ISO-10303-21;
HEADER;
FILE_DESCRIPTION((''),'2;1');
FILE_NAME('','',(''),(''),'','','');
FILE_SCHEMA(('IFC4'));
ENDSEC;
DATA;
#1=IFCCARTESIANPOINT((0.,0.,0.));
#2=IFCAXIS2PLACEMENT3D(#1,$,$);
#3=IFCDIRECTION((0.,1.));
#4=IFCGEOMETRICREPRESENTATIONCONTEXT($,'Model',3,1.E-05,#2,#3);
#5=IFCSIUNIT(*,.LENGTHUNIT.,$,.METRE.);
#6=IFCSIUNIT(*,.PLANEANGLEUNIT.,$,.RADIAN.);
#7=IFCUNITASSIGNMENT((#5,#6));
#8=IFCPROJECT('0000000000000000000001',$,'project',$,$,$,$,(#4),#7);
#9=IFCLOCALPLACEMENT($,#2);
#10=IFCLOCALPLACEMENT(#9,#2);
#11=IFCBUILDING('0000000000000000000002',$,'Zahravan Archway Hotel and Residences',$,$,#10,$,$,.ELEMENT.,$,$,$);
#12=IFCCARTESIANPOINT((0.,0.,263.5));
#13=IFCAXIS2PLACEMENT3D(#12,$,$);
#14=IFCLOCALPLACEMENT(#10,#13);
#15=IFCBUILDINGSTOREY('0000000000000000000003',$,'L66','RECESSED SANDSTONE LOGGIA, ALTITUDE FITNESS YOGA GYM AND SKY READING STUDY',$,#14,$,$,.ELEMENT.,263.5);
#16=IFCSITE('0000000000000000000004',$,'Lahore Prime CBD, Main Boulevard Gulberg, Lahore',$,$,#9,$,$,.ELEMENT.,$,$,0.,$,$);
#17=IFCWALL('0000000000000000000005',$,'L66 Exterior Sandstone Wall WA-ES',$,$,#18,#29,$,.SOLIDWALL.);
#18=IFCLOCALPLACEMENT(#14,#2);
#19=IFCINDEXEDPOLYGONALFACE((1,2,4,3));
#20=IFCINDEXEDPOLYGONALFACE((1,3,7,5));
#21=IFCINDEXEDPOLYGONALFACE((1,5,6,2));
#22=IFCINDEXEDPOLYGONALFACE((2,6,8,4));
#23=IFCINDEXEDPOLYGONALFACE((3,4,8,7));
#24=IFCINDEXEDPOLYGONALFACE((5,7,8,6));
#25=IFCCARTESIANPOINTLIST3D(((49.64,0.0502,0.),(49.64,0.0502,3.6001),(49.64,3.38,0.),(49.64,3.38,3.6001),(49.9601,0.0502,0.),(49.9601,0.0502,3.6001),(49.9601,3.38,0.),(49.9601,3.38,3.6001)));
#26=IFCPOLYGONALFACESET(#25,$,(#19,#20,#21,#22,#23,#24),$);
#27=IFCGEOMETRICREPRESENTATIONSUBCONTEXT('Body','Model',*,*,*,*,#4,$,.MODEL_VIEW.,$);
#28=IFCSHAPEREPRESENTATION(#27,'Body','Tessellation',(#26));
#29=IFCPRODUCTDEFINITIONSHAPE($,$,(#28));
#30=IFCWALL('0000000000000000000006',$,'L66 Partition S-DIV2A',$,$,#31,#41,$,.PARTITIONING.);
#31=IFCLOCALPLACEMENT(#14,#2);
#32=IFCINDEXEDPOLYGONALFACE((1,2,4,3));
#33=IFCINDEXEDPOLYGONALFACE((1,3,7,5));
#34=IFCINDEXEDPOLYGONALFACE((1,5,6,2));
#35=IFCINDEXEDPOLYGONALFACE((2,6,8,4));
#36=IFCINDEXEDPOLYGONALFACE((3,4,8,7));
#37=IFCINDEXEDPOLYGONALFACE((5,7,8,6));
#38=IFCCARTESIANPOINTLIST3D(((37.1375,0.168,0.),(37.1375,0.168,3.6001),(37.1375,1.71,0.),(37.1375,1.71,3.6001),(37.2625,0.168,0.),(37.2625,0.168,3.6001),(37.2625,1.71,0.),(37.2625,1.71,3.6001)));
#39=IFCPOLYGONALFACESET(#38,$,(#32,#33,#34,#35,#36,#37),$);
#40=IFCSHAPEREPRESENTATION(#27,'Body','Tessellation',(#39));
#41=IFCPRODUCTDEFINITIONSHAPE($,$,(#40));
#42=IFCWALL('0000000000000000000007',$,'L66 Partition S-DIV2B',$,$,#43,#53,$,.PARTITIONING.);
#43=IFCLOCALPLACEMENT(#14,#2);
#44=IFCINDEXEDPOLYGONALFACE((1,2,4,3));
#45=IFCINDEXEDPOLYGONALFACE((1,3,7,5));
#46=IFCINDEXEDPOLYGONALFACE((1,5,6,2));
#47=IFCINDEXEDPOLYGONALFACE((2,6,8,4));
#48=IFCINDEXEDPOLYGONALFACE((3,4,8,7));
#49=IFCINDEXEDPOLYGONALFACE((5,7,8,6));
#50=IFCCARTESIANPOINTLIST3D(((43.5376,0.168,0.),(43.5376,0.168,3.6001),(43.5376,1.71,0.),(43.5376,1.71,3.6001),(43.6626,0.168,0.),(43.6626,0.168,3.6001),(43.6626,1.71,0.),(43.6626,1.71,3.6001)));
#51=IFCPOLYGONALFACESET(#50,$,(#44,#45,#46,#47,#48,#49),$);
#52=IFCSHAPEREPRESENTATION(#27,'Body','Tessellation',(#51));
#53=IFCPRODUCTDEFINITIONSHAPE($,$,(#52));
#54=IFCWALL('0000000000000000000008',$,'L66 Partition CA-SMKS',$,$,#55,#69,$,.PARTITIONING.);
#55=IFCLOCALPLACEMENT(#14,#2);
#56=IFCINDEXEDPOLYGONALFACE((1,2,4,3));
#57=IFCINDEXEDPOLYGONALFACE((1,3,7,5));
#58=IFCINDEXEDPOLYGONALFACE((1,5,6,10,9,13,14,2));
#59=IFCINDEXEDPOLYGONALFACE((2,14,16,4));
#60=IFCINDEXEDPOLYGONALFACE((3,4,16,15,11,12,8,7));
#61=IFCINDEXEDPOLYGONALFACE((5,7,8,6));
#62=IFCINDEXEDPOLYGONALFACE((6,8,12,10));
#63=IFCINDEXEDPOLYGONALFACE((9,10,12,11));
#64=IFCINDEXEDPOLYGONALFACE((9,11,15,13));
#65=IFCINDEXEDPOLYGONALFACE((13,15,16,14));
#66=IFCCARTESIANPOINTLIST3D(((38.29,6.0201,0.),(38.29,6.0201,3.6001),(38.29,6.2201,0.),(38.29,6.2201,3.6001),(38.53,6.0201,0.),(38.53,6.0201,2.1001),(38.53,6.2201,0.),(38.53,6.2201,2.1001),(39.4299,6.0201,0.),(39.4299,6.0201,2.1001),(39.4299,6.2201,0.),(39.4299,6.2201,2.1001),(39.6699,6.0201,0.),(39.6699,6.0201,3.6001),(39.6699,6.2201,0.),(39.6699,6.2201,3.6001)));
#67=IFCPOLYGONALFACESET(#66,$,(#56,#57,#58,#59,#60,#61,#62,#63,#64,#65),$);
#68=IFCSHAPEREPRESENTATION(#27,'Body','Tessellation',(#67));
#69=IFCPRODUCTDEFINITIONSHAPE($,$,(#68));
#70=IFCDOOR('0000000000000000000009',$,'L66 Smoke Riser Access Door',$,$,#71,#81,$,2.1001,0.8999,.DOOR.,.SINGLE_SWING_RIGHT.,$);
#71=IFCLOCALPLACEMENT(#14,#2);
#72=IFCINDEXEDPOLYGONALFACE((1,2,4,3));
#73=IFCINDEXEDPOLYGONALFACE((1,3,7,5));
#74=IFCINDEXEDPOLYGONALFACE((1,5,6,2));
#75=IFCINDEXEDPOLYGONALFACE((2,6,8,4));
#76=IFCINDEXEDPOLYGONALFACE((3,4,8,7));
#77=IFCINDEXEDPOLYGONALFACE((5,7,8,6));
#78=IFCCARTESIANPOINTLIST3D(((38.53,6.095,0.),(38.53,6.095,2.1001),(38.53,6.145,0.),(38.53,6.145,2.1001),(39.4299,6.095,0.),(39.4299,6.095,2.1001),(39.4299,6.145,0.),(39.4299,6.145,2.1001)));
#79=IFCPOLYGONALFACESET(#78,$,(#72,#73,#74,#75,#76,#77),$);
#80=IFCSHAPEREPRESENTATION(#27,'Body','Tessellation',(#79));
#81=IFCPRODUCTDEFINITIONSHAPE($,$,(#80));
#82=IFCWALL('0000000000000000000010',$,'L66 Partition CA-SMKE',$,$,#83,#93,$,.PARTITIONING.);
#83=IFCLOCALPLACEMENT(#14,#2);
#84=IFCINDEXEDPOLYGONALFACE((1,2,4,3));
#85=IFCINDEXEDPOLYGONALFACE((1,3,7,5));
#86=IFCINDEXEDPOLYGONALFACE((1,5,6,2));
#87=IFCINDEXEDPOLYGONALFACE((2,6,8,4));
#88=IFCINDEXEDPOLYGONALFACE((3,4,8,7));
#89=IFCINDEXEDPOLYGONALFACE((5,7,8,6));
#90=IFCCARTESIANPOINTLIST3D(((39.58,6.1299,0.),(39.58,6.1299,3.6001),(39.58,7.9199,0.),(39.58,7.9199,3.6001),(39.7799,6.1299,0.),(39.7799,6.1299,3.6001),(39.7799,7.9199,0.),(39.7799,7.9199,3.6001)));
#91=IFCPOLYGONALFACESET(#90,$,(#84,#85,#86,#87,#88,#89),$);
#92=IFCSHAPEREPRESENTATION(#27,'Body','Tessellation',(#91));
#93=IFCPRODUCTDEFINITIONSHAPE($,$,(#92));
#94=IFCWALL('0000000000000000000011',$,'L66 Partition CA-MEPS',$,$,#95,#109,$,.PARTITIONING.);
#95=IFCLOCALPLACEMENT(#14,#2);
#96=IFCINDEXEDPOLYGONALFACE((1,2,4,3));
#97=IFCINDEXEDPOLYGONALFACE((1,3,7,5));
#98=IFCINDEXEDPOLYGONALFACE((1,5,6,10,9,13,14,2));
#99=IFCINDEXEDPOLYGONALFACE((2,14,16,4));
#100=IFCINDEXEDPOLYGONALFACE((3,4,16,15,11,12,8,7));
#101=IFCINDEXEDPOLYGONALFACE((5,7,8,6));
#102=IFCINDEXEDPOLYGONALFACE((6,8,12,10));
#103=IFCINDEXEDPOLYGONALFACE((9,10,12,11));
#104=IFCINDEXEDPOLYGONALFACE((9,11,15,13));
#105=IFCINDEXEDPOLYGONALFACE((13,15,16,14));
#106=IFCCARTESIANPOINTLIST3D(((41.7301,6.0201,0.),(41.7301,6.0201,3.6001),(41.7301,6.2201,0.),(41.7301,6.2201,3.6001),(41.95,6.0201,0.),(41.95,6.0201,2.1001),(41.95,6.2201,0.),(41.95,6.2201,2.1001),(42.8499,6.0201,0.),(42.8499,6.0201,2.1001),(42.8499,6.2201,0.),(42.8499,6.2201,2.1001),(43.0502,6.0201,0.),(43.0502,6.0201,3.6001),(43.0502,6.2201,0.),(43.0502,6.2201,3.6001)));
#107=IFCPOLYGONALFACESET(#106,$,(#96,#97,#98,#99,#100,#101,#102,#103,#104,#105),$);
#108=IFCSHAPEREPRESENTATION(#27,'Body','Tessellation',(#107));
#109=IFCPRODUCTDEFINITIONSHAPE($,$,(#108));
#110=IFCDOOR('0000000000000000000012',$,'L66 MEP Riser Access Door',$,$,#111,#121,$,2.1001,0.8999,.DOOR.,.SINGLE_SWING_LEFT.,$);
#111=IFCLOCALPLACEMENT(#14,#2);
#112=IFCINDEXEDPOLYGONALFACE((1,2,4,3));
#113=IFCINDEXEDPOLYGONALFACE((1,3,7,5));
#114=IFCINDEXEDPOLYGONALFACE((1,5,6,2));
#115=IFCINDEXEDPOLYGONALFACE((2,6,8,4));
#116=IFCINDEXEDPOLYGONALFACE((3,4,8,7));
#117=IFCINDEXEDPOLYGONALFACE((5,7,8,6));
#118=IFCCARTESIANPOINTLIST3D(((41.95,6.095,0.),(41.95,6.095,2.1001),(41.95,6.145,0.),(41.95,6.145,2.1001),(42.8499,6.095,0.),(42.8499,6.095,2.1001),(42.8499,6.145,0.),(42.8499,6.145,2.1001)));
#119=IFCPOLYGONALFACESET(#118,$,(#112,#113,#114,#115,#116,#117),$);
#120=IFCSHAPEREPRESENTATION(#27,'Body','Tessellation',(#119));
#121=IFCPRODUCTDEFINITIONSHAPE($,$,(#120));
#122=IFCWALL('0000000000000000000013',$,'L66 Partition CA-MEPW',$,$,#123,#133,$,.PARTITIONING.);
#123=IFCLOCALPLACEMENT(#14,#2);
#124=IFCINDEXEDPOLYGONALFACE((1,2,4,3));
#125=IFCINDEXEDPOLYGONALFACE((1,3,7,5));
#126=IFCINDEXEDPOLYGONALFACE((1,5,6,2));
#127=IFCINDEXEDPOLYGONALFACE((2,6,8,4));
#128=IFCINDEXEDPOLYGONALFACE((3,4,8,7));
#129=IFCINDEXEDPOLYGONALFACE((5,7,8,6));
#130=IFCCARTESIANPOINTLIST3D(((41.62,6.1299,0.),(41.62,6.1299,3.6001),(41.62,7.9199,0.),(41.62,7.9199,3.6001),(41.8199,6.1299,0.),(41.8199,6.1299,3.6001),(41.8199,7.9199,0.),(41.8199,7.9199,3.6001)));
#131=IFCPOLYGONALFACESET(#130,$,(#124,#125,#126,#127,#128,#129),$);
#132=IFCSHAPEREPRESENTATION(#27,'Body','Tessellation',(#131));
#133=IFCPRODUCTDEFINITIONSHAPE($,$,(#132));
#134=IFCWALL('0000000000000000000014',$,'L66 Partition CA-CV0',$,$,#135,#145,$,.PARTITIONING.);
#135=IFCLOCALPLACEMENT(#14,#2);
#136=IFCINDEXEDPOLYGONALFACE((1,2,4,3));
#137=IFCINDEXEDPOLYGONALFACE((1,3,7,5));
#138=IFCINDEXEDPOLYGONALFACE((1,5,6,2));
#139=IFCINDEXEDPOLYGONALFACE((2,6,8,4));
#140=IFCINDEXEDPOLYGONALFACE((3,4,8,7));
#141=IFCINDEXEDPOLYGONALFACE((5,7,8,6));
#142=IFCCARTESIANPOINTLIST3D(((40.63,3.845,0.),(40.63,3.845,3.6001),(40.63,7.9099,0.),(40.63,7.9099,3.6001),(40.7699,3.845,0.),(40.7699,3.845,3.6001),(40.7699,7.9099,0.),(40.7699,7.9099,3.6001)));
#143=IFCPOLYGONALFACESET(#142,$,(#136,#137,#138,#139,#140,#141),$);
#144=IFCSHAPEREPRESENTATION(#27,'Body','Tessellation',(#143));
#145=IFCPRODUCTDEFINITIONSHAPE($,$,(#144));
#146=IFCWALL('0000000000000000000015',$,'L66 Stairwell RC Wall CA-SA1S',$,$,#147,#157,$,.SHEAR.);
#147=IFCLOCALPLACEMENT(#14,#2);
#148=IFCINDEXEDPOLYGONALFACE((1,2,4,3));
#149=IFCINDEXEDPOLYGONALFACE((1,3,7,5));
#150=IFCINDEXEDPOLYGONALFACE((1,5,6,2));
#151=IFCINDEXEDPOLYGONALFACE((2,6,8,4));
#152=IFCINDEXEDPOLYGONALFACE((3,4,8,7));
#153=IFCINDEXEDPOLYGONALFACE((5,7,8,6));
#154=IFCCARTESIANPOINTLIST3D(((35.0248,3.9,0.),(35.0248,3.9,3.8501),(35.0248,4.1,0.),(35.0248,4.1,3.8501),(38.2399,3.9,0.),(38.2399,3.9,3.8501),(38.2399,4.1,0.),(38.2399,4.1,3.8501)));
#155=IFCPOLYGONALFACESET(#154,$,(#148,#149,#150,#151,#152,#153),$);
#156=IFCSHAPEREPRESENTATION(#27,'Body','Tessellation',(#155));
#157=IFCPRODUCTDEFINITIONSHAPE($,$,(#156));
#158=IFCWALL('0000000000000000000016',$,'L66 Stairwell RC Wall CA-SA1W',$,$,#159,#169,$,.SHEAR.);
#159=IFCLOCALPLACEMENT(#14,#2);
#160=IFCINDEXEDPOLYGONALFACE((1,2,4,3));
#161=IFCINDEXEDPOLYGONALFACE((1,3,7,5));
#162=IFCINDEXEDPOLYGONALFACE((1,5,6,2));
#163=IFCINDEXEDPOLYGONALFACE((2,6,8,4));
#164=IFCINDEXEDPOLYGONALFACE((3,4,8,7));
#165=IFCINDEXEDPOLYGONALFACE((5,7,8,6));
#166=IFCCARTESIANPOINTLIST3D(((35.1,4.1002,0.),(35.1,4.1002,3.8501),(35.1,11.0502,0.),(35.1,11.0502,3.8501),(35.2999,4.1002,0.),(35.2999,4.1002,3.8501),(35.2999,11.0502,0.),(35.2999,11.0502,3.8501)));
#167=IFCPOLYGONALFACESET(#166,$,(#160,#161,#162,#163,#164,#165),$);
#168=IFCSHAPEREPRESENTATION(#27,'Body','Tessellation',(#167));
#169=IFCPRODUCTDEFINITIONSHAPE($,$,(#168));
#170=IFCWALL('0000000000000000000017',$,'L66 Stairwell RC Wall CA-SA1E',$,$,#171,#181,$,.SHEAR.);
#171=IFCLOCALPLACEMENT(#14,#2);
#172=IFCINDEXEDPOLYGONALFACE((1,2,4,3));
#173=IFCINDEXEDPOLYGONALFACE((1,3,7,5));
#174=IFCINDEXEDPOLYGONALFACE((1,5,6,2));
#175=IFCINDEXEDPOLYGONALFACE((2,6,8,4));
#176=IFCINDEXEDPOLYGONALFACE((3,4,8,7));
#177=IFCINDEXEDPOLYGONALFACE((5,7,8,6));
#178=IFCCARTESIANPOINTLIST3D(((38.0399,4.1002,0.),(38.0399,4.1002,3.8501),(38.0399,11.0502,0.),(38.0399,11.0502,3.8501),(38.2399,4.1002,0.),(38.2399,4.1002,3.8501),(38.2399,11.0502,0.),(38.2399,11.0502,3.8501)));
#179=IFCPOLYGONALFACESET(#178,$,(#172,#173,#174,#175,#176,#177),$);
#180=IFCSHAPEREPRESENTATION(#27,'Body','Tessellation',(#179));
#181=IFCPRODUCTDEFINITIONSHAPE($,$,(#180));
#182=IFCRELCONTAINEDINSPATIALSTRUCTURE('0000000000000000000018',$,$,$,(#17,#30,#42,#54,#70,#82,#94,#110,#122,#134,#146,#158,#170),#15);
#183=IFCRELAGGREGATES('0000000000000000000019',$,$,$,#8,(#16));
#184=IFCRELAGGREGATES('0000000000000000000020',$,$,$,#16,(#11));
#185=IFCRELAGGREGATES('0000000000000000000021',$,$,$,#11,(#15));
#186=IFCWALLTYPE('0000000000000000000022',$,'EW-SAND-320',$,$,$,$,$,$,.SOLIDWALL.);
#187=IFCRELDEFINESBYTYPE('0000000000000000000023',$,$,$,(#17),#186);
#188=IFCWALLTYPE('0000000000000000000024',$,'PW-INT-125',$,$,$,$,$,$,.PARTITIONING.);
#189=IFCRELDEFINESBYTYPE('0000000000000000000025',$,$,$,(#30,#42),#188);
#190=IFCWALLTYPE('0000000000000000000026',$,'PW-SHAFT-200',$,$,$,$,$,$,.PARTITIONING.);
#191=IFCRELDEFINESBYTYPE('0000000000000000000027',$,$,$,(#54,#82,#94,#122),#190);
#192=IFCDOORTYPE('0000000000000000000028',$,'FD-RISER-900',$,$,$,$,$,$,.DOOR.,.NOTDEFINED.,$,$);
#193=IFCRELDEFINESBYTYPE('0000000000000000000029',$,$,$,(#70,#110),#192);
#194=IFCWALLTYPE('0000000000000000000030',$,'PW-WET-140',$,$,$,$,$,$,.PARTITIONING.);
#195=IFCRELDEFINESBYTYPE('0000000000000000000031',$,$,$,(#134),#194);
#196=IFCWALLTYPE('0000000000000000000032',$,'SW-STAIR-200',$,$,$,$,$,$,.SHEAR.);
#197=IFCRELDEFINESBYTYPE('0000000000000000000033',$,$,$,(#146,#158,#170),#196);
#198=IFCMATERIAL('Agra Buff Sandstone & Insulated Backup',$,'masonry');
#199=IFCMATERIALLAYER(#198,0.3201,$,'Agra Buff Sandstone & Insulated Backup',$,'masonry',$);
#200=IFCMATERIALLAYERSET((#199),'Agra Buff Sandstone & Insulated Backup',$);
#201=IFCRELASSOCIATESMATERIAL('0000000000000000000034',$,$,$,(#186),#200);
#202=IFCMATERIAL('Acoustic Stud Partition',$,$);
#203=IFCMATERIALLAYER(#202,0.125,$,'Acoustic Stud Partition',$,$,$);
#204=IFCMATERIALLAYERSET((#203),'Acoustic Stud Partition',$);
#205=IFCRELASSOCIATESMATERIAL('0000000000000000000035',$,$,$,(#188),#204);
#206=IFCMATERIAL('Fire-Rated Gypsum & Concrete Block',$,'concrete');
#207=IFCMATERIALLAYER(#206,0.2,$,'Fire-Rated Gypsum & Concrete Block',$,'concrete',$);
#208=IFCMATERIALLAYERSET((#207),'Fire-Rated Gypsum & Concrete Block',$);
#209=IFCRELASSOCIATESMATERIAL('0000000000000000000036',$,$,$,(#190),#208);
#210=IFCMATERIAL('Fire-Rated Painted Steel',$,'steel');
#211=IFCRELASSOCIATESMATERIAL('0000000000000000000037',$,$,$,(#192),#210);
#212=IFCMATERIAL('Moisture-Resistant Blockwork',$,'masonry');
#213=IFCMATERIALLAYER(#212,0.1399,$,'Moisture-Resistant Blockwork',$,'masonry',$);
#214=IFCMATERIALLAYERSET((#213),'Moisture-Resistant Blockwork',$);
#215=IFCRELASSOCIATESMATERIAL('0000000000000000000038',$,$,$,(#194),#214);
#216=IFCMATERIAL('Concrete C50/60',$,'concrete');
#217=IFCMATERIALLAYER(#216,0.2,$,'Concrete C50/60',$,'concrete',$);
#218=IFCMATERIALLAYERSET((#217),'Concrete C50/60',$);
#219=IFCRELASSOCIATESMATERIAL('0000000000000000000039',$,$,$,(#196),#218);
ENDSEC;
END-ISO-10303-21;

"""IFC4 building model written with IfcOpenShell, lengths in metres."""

from ifc_helpers import new_model, si_unit, direction, frame, frame_2d, origin, place, context, subcontext, project, spatial, rectangle, extrude, source, transform, mapped, material, layer, layer_set, type_object, type_shapes, element, fill, save


model = new_model("IFC4")

# Units and contexts
model_context = context("Model", 3, precision=1e-05, world=origin(), true_north=direction((0.0, 1.0)))
body_context = subcontext(model_context, "Body", "Model", "MODEL_VIEW")
ifc_project = project(units=[si_unit("LENGTHUNIT", "METRE"), si_unit("PLANEANGLEUNIT", "RADIAN")], contexts=[model_context])

# Site, building, storey
site_placement = place(None, origin())
site = spatial("IfcSite", under=ifc_project, at=site_placement, Name="Lahore Prime CBD, Main Boulevard Gulberg, Lahore", CompositionType="ELEMENT", RefElevation=0.0)
building_placement = place(site_placement, origin())
building = spatial("IfcBuilding", under=site, at=building_placement, Name="Zahravan Archway Hotel and Residences", CompositionType="ELEMENT")
storey_placement = place(building_placement, frame((0.0, 0.0, 263.5)))
storey = spatial("IfcBuildingStorey", under=building, at=storey_placement, Name="L66", Description="RECESSED SANDSTONE LOGGIA, ALTITUDE FITNESS YOGA GYM AND SKY READING STUDY", CompositionType="ELEMENT", Elevation=263.5)

# Shared definitions
ifc_material_1 = material(Name="Concrete C50/60", Category="concrete")

# Walls
ifc_material_2 = material(Name="Agra Buff Sandstone & Insulated Backup", Category="masonry")
ifc_layer_1 = layer(ifc_material_2, 0.3201, Name="Agra Buff Sandstone & Insulated Backup", Category="masonry")
ifc_layer_set_1 = layer_set([ifc_layer_1], Name="Agra Buff Sandstone & Insulated Backup")
wall_type_1 = type_object("IfcWallType", Name="EW-SAND-320", PredefinedType="SOLIDWALL", material=ifc_layer_set_1)
wall_1_placement = place(storey_placement, frame((49.8, 0.05, 0.0), z_axis=(0.0, 0.0, 1.0), x_axis=(0.0, 1.0, 0.0)))
element("IfcWall", 1, at=wall_1_placement, inside=storey, type_object=wall_type_1, Name="L66 Exterior Sandstone Wall WA-ES", PredefinedType="SOLIDWALL", context=body_context, shape_type="SweptSolid", body=[
    extrude(rectangle(XDim=3.3298, YDim=0.3201, at=frame_2d((1.665, 0.0))), origin(), (0.0, 0.0, 1.0), 3.6001),
])
ifc_material_3 = material(Name="Acoustic Stud Partition")
ifc_layer_2 = layer(ifc_material_3, 0.125, Name="Acoustic Stud Partition")
ifc_layer_set_2 = layer_set([ifc_layer_2], Name="Acoustic Stud Partition")
wall_type_2 = type_object("IfcWallType", Name="PW-INT-125", PredefinedType="PARTITIONING", material=ifc_layer_set_2)
for number, where, z_axis, x_axis, name in (
    (2, (37.2, 0.168, 0.0), (0.0, 0.0, 1.0), (0.0, 1.0, 0.0), "L66 Partition S-DIV2A"),
    (3, (43.6001, 0.168, 0.0), (0.0, 0.0, 1.0), (0.0, 1.0, 0.0), "L66 Partition S-DIV2B"),
):
    element("IfcWall", number, at=place(storey_placement, frame(where, z_axis=z_axis, x_axis=x_axis)), inside=storey, type_object=wall_type_2, Name=name, PredefinedType="PARTITIONING", context=body_context, shape_type="SweptSolid", body=[
        extrude(rectangle(XDim=1.542, YDim=0.125, at=frame_2d((0.771, 0.0))), origin(), (0.0, 0.0, 1.0), 3.6001),
    ])

# Wall, opening, door
ifc_material_4 = material(Name="Fire-Rated Gypsum & Concrete Block", Category="concrete")
ifc_layer_3 = layer(ifc_material_4, 0.2, Name="Fire-Rated Gypsum & Concrete Block", Category="concrete")
ifc_layer_set_3 = layer_set([ifc_layer_3], Name="Fire-Rated Gypsum & Concrete Block")
wall_type_3 = type_object("IfcWallType", Name="PW-SHAFT-200", PredefinedType="PARTITIONING", material=ifc_layer_set_3)
wall_2_placement = place(storey_placement, frame((38.29, 6.1201, 0.0), z_axis=(0.0, 0.0, 1.0), x_axis=(1.0, 0.0, 0.0)))
wall_2 = element("IfcWall", 4, at=wall_2_placement, inside=storey, type_object=wall_type_3, Name="L66 Partition CA-SMKS", PredefinedType="PARTITIONING", context=body_context, shape_type="SweptSolid", body=[
    extrude(rectangle(XDim=1.3799, YDim=0.2, at=frame_2d((0.6899, 0.0))), origin(), (0.0, 0.0, 1.0), 3.6001),
])
opening_1_placement = place(wall_2_placement, frame((0.24, 0.0, 0.0)))
opening_1 = element("IfcOpeningElement", 5, at=opening_1_placement, cuts=wall_2, PredefinedType="OPENING", context=body_context, shape_type="SweptSolid", body=[
    extrude(rectangle(XDim=0.8999, YDim=2.1001, at=frame_2d((0.45, 1.05))), frame((0.0, 0.1099, 0.0), z_axis=(0.0, -1.0, 0.0), x_axis=(1.0, 0.0, 0.0)), (0.0, 0.0, 1.0), 0.22),
])
ifc_material_5 = material(Name="Fire-Rated Painted Steel", Category="steel")
door_type = type_object("IfcDoorType", Name="FD-RISER-900", OperationType="NOTDEFINED", PredefinedType="DOOR", material=ifc_material_5)
shared_shape_1 = source(origin(), body_context, "Body", "SweptSolid", [
    extrude(rectangle(XDim=0.8999, YDim=2.1001, at=frame_2d((0.45, 1.05))), frame((0.0, 0.0249, 0.0), z_axis=(0.0, -1.0, 0.0), x_axis=(1.0, 0.0, 0.0)), (0.0, 0.0, 1.0), 0.05),
])
type_shapes(door_type, [shared_shape_1])
door_1_placement = place(opening_1_placement, origin())
door_1 = element("IfcDoor", 6, at=door_1_placement, inside=storey, type_object=door_type, Name="L66 Smoke Riser Access Door", OperationType="SINGLE_SWING_RIGHT", OverallHeight=2.1001, OverallWidth=0.8999, PredefinedType="DOOR", context=body_context, shape_type="MappedRepresentation", body=[
    mapped(shared_shape_1, transform((0.0, 0.0, 0.0), scale=1.0)),
])
fill(opening_1, door_1)

# Wall
wall_3_placement = place(storey_placement, frame((39.6799, 6.1299, 0.0), z_axis=(0.0, 0.0, 1.0), x_axis=(0.0, 1.0, 0.0)))
element("IfcWall", 7, at=wall_3_placement, inside=storey, type_object=wall_type_3, Name="L66 Partition CA-SMKE", PredefinedType="PARTITIONING", context=body_context, shape_type="SweptSolid", body=[
    extrude(rectangle(XDim=1.79, YDim=0.2, at=frame_2d((0.895, 0.0))), origin(), (0.0, 0.0, 1.0), 3.6001),
])

# Wall, opening, door
wall_4_placement = place(storey_placement, frame((41.73, 6.1201, 0.0), z_axis=(0.0, 0.0, 1.0), x_axis=(1.0, 0.0, 0.0)))
wall_4 = element("IfcWall", 8, at=wall_4_placement, inside=storey, type_object=wall_type_3, Name="L66 Partition CA-MEPS", PredefinedType="PARTITIONING", context=body_context, shape_type="SweptSolid", body=[
    extrude(rectangle(XDim=1.3201, YDim=0.2, at=frame_2d((0.6602, 0.0))), origin(), (0.0, 0.0, 1.0), 3.6001),
])
opening_2_placement = place(wall_4_placement, frame((0.22, 0.0, 0.0)))
opening_2 = element("IfcOpeningElement", 9, at=opening_2_placement, cuts=wall_4, PredefinedType="OPENING", context=body_context, shape_type="SweptSolid", body=[
    extrude(rectangle(XDim=0.8999, YDim=2.1001, at=frame_2d((0.45, 1.05))), frame((0.0, 0.1099, 0.0), z_axis=(0.0, -1.0, 0.0), x_axis=(1.0, 0.0, 0.0)), (0.0, 0.0, 1.0), 0.22),
])
door_2_placement = place(opening_2_placement, origin())
door_2 = element("IfcDoor", 10, at=door_2_placement, inside=storey, type_object=door_type, Name="L66 MEP Riser Access Door", OperationType="SINGLE_SWING_LEFT", OverallHeight=2.1001, OverallWidth=0.8999, PredefinedType="DOOR", context=body_context, shape_type="MappedRepresentation", body=[
    mapped(shared_shape_1, transform((0.0, 0.0, 0.0), scale=1.0)),
])
fill(opening_2, door_2)

# Walls
wall_5_placement = place(storey_placement, frame((41.72, 6.1299, 0.0), z_axis=(0.0, 0.0, 1.0), x_axis=(0.0, 1.0, 0.0)))
element("IfcWall", 11, at=wall_5_placement, inside=storey, type_object=wall_type_3, Name="L66 Partition CA-MEPW", PredefinedType="PARTITIONING", context=body_context, shape_type="SweptSolid", body=[
    extrude(rectangle(XDim=1.79, YDim=0.2, at=frame_2d((0.895, 0.0))), origin(), (0.0, 0.0, 1.0), 3.6001),
])
ifc_material_6 = material(Name="Moisture-Resistant Blockwork", Category="masonry")
ifc_layer_4 = layer(ifc_material_6, 0.1399, Name="Moisture-Resistant Blockwork", Category="masonry")
ifc_layer_set_4 = layer_set([ifc_layer_4], Name="Moisture-Resistant Blockwork")
wall_type_4 = type_object("IfcWallType", Name="PW-WET-140", PredefinedType="PARTITIONING", material=ifc_layer_set_4)
wall_6_placement = place(storey_placement, frame((40.7, 3.845, 0.0), z_axis=(0.0, 0.0, 1.0), x_axis=(0.0, 1.0, 0.0)))
element("IfcWall", 12, at=wall_6_placement, inside=storey, type_object=wall_type_4, Name="L66 Partition CA-CV0", PredefinedType="PARTITIONING", context=body_context, shape_type="SweptSolid", body=[
    extrude(rectangle(XDim=4.0649, YDim=0.1399, at=frame_2d((2.0325, 0.0))), origin(), (0.0, 0.0, 1.0), 3.6001),
])
ifc_layer_5 = layer(ifc_material_1, 0.2, Name="Concrete C50/60", Category="concrete")
ifc_layer_set_5 = layer_set([ifc_layer_5], Name="Concrete C50/60")
wall_type_5 = type_object("IfcWallType", Name="SW-STAIR-200", PredefinedType="SHEAR", material=ifc_layer_set_5)
wall_7_placement = place(storey_placement, frame((35.0249, 4.0, 0.0), z_axis=(0.0, 0.0, 1.0), x_axis=(1.0, 0.0, 0.0)))
element("IfcWall", 13, at=wall_7_placement, inside=storey, type_object=wall_type_5, Name="L66 Stairwell RC Wall CA-SA1S", PredefinedType="SHEAR", context=body_context, shape_type="SweptSolid", body=[
    extrude(rectangle(XDim=3.2151, YDim=0.2, at=frame_2d((1.6074, 0.0))), origin(), (0.0, 0.0, 1.0), 3.8501),
])
for number, where, z_axis, x_axis, name in (
    (14, (35.2, 4.1001, 0.0), (0.0, 0.0, 1.0), (0.0, 1.0, 0.0), "L66 Stairwell RC Wall CA-SA1W"),
    (15, (38.1399, 4.1001, 0.0), (0.0, 0.0, 1.0), (0.0, 1.0, 0.0), "L66 Stairwell RC Wall CA-SA1E"),
):
    element("IfcWall", number, at=place(storey_placement, frame(where, z_axis=z_axis, x_axis=x_axis)), inside=storey, type_object=wall_type_5, Name=name, PredefinedType="SHEAR", context=body_context, shape_type="SweptSolid", body=[
        extrude(rectangle(XDim=6.95, YDim=0.2, at=frame_2d((3.4751, 0.0))), origin(), (0.0, 0.0, 1.0), 3.8501),
    ])

save(model, "model.ifc")
